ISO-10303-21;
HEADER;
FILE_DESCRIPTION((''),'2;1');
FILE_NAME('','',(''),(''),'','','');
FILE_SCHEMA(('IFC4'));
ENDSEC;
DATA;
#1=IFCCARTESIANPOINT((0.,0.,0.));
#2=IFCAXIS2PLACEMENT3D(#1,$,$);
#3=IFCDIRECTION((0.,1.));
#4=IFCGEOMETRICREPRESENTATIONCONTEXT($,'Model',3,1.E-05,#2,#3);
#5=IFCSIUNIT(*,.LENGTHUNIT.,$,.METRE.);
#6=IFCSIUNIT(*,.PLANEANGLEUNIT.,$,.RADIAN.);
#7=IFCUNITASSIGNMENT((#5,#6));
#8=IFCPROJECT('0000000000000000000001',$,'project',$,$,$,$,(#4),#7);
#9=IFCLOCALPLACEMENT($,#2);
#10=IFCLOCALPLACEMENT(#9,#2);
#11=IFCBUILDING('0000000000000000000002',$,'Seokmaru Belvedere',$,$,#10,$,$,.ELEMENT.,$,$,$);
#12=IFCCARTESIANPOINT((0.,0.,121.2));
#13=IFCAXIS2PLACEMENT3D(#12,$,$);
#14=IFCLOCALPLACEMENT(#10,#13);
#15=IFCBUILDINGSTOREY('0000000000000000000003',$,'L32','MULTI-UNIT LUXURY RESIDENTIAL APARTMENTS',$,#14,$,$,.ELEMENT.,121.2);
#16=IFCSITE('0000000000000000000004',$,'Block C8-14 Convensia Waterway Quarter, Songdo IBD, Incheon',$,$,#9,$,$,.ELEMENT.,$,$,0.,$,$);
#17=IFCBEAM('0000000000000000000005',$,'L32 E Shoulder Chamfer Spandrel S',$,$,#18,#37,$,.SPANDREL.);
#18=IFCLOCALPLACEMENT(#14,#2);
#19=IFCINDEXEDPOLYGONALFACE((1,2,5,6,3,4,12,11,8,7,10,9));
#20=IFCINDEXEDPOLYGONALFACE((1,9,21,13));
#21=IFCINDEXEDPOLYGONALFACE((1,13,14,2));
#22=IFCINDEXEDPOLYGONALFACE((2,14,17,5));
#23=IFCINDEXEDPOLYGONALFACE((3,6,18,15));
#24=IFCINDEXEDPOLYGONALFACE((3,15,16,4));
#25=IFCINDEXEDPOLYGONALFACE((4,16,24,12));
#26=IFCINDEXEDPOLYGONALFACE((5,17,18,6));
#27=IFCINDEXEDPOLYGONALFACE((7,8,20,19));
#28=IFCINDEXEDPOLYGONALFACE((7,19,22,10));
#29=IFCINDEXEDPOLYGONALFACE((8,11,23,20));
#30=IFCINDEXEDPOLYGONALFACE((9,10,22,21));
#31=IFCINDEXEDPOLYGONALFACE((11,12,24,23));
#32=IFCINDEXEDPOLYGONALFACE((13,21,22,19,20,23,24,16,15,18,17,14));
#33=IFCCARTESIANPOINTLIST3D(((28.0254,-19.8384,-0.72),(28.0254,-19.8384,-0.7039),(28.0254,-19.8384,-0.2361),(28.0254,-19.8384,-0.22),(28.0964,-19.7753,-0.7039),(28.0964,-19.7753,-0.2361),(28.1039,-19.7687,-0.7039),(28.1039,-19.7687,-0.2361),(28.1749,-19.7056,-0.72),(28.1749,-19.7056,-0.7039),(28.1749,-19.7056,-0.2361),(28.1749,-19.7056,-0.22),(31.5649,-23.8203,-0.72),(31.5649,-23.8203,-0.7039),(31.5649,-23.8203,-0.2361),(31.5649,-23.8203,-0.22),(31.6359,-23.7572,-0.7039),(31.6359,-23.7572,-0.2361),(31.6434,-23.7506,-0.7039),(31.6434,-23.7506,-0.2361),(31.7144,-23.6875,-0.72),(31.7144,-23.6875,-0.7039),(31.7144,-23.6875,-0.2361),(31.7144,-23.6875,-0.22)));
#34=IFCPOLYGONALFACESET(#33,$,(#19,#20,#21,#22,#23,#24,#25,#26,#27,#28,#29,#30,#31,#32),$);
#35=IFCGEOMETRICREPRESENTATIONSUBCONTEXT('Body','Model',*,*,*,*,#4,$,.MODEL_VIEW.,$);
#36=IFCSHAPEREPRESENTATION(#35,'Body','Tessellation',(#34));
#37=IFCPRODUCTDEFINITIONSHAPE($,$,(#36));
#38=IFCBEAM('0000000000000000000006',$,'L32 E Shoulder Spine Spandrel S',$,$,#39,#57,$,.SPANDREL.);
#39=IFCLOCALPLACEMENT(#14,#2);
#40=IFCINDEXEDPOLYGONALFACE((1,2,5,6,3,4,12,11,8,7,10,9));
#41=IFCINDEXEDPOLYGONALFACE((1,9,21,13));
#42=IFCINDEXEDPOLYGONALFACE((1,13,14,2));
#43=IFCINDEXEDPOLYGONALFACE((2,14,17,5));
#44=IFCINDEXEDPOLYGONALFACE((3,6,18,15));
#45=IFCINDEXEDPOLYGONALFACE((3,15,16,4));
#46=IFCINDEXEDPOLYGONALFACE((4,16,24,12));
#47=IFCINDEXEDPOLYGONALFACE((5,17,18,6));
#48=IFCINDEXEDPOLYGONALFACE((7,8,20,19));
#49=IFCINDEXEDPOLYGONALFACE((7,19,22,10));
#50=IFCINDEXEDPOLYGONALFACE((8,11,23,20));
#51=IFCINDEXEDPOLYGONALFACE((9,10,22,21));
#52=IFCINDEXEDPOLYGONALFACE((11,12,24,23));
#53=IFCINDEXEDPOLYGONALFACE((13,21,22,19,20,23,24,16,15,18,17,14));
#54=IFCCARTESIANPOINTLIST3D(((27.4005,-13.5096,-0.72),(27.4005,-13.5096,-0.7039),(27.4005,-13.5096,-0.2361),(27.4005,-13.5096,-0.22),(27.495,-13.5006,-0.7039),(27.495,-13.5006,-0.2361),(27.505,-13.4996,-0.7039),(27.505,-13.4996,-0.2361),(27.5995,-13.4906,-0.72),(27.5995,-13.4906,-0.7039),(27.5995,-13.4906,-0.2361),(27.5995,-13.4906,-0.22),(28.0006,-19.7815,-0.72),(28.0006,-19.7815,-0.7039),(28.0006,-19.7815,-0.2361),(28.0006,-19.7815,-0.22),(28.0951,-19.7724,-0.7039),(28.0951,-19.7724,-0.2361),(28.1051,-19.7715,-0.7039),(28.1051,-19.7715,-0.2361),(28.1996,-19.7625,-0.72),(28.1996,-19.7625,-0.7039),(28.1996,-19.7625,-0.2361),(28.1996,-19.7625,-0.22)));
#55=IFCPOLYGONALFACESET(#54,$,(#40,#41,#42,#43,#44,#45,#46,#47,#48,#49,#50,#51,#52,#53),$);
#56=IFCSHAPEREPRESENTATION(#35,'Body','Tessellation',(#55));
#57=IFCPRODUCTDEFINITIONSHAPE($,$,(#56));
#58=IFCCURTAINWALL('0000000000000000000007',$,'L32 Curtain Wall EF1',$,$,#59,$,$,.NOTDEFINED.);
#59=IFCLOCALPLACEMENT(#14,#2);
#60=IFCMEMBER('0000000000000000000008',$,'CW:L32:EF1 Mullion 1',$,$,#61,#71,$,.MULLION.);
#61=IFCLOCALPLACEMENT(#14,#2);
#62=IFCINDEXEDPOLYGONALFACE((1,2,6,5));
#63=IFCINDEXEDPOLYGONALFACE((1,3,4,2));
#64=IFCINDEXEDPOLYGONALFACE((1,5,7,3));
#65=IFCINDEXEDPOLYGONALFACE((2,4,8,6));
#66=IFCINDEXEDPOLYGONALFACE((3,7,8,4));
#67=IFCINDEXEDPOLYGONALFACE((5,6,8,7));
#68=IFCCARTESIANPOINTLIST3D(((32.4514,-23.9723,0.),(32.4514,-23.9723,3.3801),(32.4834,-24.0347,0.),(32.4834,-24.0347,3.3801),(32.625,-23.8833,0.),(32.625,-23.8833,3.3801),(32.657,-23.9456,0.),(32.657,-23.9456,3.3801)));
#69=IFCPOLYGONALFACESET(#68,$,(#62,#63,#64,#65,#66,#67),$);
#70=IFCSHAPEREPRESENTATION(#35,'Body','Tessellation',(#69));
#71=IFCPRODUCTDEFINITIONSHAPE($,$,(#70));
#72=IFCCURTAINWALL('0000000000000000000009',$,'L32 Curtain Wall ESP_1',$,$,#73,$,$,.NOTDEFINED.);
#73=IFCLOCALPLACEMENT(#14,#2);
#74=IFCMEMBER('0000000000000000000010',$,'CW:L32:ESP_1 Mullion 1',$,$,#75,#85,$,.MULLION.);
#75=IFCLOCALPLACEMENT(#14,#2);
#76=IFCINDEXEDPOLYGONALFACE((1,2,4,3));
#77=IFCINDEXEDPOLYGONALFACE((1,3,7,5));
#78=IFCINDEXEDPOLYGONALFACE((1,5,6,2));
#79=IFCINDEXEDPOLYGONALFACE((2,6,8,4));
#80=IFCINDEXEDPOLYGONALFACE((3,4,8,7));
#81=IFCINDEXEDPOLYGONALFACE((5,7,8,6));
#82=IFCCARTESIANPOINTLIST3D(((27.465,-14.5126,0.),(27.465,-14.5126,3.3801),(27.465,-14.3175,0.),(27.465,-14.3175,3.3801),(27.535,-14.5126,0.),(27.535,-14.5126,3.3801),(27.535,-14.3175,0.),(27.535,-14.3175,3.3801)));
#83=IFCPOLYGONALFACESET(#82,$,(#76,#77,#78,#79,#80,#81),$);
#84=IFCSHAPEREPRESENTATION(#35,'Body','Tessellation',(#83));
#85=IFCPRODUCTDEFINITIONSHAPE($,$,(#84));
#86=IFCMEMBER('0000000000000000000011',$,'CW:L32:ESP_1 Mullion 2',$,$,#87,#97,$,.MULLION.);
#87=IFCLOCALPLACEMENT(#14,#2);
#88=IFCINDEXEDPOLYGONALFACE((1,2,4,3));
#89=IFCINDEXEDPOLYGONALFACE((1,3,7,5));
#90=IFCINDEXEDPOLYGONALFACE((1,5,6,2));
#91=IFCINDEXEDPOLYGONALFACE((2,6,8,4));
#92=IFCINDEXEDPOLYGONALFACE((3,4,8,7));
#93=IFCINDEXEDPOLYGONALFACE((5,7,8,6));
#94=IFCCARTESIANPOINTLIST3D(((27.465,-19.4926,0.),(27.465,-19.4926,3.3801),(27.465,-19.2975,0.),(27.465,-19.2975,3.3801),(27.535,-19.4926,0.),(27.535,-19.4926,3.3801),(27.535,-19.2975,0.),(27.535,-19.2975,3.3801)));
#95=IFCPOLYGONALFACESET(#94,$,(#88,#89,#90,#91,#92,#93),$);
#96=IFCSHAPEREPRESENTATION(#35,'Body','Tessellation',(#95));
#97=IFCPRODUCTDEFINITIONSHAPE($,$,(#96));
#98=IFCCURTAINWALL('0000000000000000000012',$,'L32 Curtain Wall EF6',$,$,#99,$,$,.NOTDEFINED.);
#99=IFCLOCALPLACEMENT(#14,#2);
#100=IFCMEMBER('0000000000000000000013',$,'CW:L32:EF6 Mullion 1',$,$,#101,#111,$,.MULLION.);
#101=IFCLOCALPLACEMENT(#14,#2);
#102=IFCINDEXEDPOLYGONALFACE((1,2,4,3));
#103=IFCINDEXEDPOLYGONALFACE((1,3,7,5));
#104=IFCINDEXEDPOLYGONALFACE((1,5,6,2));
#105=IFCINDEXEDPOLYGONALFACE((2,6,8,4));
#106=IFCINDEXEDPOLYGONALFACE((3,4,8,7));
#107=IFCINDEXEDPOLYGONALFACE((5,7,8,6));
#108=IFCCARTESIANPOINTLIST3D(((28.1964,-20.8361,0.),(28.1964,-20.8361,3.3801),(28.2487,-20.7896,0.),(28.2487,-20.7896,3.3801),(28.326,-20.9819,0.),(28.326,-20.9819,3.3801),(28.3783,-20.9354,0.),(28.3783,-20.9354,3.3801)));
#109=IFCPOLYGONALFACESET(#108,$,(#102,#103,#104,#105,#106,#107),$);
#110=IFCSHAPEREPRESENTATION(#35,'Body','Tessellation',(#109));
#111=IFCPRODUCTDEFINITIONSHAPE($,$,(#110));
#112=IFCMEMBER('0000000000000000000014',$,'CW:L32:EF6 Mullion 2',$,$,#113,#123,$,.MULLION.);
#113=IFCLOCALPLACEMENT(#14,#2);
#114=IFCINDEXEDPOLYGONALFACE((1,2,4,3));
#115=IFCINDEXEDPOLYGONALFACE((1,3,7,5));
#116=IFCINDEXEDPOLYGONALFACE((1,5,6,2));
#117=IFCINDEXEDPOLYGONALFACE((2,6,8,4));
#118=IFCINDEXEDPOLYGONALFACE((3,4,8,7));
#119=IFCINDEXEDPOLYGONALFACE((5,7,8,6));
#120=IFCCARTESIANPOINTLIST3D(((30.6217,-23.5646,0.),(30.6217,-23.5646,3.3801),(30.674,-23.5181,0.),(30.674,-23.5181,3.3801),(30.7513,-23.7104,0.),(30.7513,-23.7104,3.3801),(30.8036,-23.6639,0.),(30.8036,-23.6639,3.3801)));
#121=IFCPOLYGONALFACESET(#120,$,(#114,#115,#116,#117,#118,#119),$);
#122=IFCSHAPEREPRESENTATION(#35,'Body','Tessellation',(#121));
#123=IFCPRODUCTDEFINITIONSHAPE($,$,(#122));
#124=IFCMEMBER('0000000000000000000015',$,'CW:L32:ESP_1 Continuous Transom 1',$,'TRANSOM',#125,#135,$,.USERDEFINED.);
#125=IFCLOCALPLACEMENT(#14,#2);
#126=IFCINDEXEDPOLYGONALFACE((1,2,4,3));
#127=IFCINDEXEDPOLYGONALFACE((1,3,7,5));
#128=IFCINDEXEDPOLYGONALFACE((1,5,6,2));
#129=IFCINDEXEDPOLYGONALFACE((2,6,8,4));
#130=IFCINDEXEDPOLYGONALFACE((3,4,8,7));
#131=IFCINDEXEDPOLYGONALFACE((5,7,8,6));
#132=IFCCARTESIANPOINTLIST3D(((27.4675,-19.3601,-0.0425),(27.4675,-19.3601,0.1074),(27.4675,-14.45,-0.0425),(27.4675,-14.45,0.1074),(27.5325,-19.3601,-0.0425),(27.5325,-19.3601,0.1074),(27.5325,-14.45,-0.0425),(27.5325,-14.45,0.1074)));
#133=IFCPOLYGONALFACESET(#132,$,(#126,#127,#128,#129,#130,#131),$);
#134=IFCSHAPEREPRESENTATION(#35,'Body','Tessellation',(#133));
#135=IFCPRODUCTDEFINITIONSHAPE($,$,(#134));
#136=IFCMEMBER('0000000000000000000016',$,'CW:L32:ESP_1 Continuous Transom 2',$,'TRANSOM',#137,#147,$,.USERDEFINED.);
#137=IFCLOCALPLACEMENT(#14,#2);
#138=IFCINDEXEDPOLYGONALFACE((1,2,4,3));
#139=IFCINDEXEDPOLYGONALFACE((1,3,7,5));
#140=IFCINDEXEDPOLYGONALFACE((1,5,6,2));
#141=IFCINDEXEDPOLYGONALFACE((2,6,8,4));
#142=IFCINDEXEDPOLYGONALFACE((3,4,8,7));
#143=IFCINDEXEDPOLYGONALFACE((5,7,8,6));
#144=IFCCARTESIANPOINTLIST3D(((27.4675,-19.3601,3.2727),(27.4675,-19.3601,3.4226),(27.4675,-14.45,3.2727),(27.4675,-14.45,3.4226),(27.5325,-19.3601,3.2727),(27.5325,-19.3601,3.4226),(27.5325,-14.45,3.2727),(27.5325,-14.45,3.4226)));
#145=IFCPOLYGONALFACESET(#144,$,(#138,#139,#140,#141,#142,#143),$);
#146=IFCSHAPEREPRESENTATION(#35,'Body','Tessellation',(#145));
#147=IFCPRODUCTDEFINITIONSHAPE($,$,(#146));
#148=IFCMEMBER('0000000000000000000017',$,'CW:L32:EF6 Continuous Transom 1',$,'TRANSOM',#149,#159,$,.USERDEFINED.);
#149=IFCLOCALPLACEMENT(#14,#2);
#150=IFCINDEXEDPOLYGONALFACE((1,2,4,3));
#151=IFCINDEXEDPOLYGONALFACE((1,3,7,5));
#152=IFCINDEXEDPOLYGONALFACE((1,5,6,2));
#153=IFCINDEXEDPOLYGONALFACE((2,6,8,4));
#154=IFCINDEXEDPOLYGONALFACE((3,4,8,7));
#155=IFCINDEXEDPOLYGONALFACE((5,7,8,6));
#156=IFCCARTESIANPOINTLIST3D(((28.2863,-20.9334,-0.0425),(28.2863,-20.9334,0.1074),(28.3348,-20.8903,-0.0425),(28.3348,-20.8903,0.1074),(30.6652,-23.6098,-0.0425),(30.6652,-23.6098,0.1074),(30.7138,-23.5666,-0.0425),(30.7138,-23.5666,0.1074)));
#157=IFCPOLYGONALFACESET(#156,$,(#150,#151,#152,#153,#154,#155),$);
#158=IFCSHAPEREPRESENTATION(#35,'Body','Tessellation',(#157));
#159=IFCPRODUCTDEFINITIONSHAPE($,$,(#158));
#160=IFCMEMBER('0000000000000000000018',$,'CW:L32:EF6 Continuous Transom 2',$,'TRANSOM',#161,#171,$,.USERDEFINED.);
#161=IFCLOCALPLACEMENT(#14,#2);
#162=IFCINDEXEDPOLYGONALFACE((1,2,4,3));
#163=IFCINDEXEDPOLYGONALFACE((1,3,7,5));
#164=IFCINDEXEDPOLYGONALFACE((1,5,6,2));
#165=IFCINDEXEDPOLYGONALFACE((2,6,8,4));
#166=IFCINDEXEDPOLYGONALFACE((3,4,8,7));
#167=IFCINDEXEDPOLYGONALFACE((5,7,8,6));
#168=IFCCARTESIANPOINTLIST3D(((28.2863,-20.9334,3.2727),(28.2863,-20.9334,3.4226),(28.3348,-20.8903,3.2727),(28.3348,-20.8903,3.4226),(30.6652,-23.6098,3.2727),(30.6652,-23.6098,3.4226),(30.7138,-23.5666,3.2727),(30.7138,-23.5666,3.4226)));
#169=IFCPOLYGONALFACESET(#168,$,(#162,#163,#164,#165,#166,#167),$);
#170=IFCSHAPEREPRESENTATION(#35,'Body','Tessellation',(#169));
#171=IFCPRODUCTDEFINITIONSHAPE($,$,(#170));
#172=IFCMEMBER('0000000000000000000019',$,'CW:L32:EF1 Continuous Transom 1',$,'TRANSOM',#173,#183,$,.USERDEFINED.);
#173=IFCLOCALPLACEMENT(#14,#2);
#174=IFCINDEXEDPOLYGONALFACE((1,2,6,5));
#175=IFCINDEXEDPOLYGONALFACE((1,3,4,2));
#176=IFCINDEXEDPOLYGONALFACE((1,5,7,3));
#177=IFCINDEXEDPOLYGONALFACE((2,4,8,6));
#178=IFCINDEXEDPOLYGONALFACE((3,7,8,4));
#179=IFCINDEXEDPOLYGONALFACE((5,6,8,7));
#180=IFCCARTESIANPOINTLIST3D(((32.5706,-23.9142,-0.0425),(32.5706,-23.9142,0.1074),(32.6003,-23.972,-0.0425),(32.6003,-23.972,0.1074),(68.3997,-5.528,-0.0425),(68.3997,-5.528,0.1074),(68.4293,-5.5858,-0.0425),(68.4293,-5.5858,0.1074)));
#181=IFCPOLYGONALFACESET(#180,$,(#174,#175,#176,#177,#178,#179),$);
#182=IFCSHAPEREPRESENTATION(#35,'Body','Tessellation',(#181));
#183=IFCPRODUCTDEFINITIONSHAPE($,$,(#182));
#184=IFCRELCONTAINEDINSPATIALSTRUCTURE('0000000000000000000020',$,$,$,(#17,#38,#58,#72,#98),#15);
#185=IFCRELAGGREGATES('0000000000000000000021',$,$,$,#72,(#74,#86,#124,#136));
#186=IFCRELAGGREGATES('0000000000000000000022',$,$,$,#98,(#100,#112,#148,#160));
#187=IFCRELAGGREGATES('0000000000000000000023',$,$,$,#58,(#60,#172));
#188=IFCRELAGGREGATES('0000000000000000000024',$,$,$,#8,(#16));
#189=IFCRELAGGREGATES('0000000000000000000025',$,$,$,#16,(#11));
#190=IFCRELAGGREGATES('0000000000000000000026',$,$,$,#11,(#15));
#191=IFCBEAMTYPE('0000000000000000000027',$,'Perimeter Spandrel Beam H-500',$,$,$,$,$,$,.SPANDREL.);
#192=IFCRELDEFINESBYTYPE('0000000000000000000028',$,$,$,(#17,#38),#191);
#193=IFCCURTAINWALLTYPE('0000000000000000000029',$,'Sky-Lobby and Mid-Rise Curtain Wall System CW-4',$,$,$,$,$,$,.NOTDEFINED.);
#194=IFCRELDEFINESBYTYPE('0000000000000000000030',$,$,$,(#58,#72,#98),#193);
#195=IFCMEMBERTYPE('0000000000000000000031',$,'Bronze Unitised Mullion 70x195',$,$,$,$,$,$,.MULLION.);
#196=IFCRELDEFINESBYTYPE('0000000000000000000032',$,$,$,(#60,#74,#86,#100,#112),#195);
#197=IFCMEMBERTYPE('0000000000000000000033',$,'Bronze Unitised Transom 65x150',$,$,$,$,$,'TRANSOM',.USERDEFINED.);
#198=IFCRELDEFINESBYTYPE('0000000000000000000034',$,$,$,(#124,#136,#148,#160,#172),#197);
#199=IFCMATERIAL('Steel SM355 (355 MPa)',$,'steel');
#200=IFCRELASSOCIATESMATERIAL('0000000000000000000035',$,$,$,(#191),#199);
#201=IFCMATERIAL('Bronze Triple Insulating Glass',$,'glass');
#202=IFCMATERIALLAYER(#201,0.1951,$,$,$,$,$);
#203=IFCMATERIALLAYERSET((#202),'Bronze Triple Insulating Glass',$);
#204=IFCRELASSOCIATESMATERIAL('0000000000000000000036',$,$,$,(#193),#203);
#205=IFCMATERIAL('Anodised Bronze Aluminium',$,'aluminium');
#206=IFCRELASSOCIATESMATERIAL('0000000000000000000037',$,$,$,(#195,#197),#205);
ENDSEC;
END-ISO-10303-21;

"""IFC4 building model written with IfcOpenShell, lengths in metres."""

from ifc_helpers import new_model, si_unit, direction, frame, origin, origin_2d, place, context, subcontext, project, spatial, rectangle, i_section, extrude, source, transform, mapped, material, layer, layer_set, material_profile, profile_set, type_object, type_shapes, element, aggregate, save


model = new_model("IFC4")

# Units and contexts
model_context = context("Model", 3, precision=1e-05, world=origin(), true_north=direction((0.0, 1.0)))
body_context = subcontext(model_context, "Body", "Model", "MODEL_VIEW")
ifc_project = project(units=[si_unit("LENGTHUNIT", "METRE"), si_unit("PLANEANGLEUNIT", "RADIAN")], contexts=[model_context])

# Site, building, storey
site_placement = place(None, origin())
site = spatial("IfcSite", under=ifc_project, at=site_placement, Name="Block C8-14 Convensia Waterway Quarter, Songdo IBD, Incheon", CompositionType="ELEMENT", RefElevation=0.0)
building_placement = place(site_placement, origin())
building = spatial("IfcBuilding", under=site, at=building_placement, Name="Seokmaru Belvedere", CompositionType="ELEMENT")
storey_placement = place(building_placement, frame((0.0, 0.0, 121.2)))
storey = spatial("IfcBuildingStorey", under=building, at=storey_placement, Name="L32", Description="MULTI-UNIT LUXURY RESIDENTIAL APARTMENTS", CompositionType="ELEMENT", Elevation=121.2)

# Shared definitions
ifc_material_1 = material(Name="Steel SM355 (355 MPa)", Category="steel")

# Beams
ifc_material_profile_1 = material_profile(ifc_material_1, i_section(OverallWidth=0.2, OverallDepth=0.5, WebThickness=0.01, FlangeThickness=0.0161, at=origin_2d()), Name="H-500x200x10x16")
ifc_profile_set_1 = profile_set([ifc_material_profile_1], Name="Steel SM355 (355 MPa)")
beam_type_1 = type_object("IfcBeamType", Name="Perimeter Spandrel Beam H-500", PredefinedType="SPANDREL", material=ifc_profile_set_1)
shared_shape_1 = source(origin(), body_context, "Body", "SweptSolid", [
    extrude(i_section(OverallWidth=0.2, OverallDepth=0.5, WebThickness=0.01, FlangeThickness=0.0161, at=origin_2d()), origin(), (0.0, 0.0, 1.0), 5.3276),
])
beam_1_placement = place(storey_placement, frame((31.6396, -23.7539, -0.47), z_axis=(-0.66437, 0.747404, 0.0), x_axis=(-0.747404, -0.66437, 0.0)))
element("IfcBeam", 1, at=beam_1_placement, inside=storey, type_object=beam_type_1, Name="L32 E Shoulder Chamfer Spandrel S", PredefinedType="SPANDREL", context=body_context, shape_type="MappedRepresentation", body=[
    mapped(shared_shape_1, transform((0.0, 0.0, 0.0), scale=1.0)),
])
shared_shape_2 = source(origin(), body_context, "Body", "SweptSolid", [
    extrude(i_section(OverallWidth=0.2, OverallDepth=0.5, WebThickness=0.01, FlangeThickness=0.0161, at=origin_2d()), origin(), (0.0, 0.0, 1.0), 6.3005),
])
beam_2_placement = place(storey_placement, frame((28.1001, -19.772, -0.47), z_axis=(-0.095244, 0.995454, 0.0), x_axis=(-0.995454, -0.095244, 0.0)))
element("IfcBeam", 2, at=beam_2_placement, inside=storey, type_object=beam_type_1, Name="L32 E Shoulder Spine Spandrel S", PredefinedType="SPANDREL", context=body_context, shape_type="MappedRepresentation", body=[
    mapped(shared_shape_2, transform((0.0, 0.0, 0.0), scale=1.0)),
])

# Curtain wall, member
ifc_material_2 = material(Name="Bronze Triple Insulating Glass", Category="glass")
ifc_layer_1 = layer(ifc_material_2, 0.1951)
ifc_layer_set_1 = layer_set([ifc_layer_1], Name="Bronze Triple Insulating Glass")
curtain_wall_type = type_object("IfcCurtainWallType", Name="Sky-Lobby and Mid-Rise Curtain Wall System CW-4", PredefinedType="NOTDEFINED", material=ifc_layer_set_1)
curtain_wall_1_placement = place(storey_placement, origin())
curtain_wall_1 = element("IfcCurtainWall", 3, at=curtain_wall_1_placement, inside=storey, type_object=curtain_wall_type, Name="L32 Curtain Wall EF1", PredefinedType="NOTDEFINED")
ifc_material_3 = material(Name="Anodised Bronze Aluminium", Category="aluminium")
ifc_material_profile_2 = material_profile(ifc_material_3, rectangle(XDim=0.0701, YDim=0.1951, at=origin_2d()), Name="CW-M-70x195")
ifc_profile_set_2 = profile_set([ifc_material_profile_2], Name="Anodised Bronze Aluminium")
member_type_1 = type_object("IfcMemberType", Name="Bronze Unitised Mullion 70x195", PredefinedType="MULLION", material=ifc_profile_set_2)
shared_shape_3 = source(origin(), body_context, "Body", "SweptSolid", [
    extrude(rectangle(XDim=0.0701, YDim=0.1951, at=origin_2d()), origin(), (0.0, 0.0, 1.0), 3.3801),
])
type_shapes(member_type_1, [shared_shape_3])
member_1_placement = place(storey_placement, frame((32.5542, -23.959, 0.0), z_axis=(0.0, 0.0, 1.0), x_axis=(-0.456555, 0.889695, 0.0)))
member_1 = element("IfcMember", 4, at=member_1_placement, type_object=member_type_1, Name="CW:L32:EF1 Mullion 1", PredefinedType="MULLION", context=body_context, shape_type="MappedRepresentation", body=[
    mapped(shared_shape_3, transform((0.0, 0.0, 0.0), scale=1.0)),
])

# Curtain walls, members
curtain_wall_2_placement = place(storey_placement, origin())
curtain_wall_2 = element("IfcCurtainWall", 5, at=curtain_wall_2_placement, inside=storey, type_object=curtain_wall_type, Name="L32 Curtain Wall ESP_1", PredefinedType="NOTDEFINED")
member_2_placement = place(storey_placement, frame((27.5, -14.415, 0.0), z_axis=(0.0, 0.0, 1.0), x_axis=(1.0, 0.0, 0.0)))
member_2 = element("IfcMember", 6, at=member_2_placement, type_object=member_type_1, Name="CW:L32:ESP_1 Mullion 1", PredefinedType="MULLION", context=body_context, shape_type="MappedRepresentation", body=[
    mapped(shared_shape_3, transform((0.0, 0.0, 0.0), scale=1.0)),
])
member_3_placement = place(storey_placement, frame((27.5, -19.395, 0.0), z_axis=(0.0, 0.0, 1.0), x_axis=(1.0, 0.0, 0.0)))
member_3 = element("IfcMember", 7, at=member_3_placement, type_object=member_type_1, Name="CW:L32:ESP_1 Mullion 2", PredefinedType="MULLION", context=body_context, shape_type="MappedRepresentation", body=[
    mapped(shared_shape_3, transform((0.0, 0.0, 0.0), scale=1.0)),
])
curtain_wall_3_placement = place(storey_placement, origin())
curtain_wall_3 = element("IfcCurtainWall", 8, at=curtain_wall_3_placement, inside=storey, type_object=curtain_wall_type, Name="L32 Curtain Wall EF6", PredefinedType="NOTDEFINED")
member_4_placement = place(storey_placement, frame((28.2874, -20.8857, 0.0), z_axis=(0.0, 0.0, 1.0), x_axis=(0.74741, 0.664363, 0.0)))
member_4 = element("IfcMember", 9, at=member_4_placement, type_object=member_type_1, Name="CW:L32:EF6 Mullion 1", PredefinedType="MULLION", context=body_context, shape_type="MappedRepresentation", body=[
    mapped(shared_shape_3, transform((0.0, 0.0, 0.0), scale=1.0)),
])
member_5_placement = place(storey_placement, frame((30.7126, -23.6143, 0.0), z_axis=(0.0, 0.0, 1.0), x_axis=(0.74741, 0.664363, 0.0)))
member_5 = element("IfcMember", 10, at=member_5_placement, type_object=member_type_1, Name="CW:L32:EF6 Mullion 2", PredefinedType="MULLION", context=body_context, shape_type="MappedRepresentation", body=[
    mapped(shared_shape_3, transform((0.0, 0.0, 0.0), scale=1.0)),
])

# Members
ifc_material_profile_3 = material_profile(ifc_material_3, rectangle(XDim=0.0649, YDim=0.1499, at=origin_2d()), Name="CW-T-65x150")
ifc_profile_set_3 = profile_set([ifc_material_profile_3], Name="Anodised Bronze Aluminium")
member_type_2 = type_object("IfcMemberType", Name="Bronze Unitised Transom 65x150", ElementType="TRANSOM", PredefinedType="USERDEFINED", material=ifc_profile_set_3)
shared_shape_4 = source(origin(), body_context, "Body", "SweptSolid", [
    extrude(rectangle(XDim=0.0649, YDim=0.1499, at=origin_2d()), origin(), (0.0, 0.0, 1.0), 4.9102),
])
member_6_placement = place(storey_placement, frame((27.5, -14.45, 0.0325), z_axis=(0.0, -1.0, 0.0), x_axis=(1.0, 0.0, 0.0)))
member_6 = element("IfcMember", 11, at=member_6_placement, type_object=member_type_2, Name="CW:L32:ESP_1 Continuous Transom 1", ObjectType="TRANSOM", PredefinedType="USERDEFINED", context=body_context, shape_type="MappedRepresentation", body=[
    mapped(shared_shape_4, transform((0.0, 0.0, 0.0), scale=1.0)),
])
member_7_placement = place(storey_placement, frame((27.5, -14.45, 3.3477), z_axis=(0.0, -1.0, 0.0), x_axis=(1.0, 0.0, 0.0)))
member_7 = element("IfcMember", 12, at=member_7_placement, type_object=member_type_2, Name="CW:L32:ESP_1 Continuous Transom 2", ObjectType="TRANSOM", PredefinedType="USERDEFINED", context=body_context, shape_type="MappedRepresentation", body=[
    mapped(shared_shape_4, transform((0.0, 0.0, 0.0), scale=1.0)),
])
shared_shape_5 = source(origin(), body_context, "Body", "SweptSolid", [
    extrude(rectangle(XDim=0.0649, YDim=0.1499, at=origin_2d()), origin(), (0.0, 0.0, 1.0), 3.5808),
])
member_8_placement = place(storey_placement, frame((28.3105, -20.9119, 0.0325), z_axis=(0.664364, -0.747409, 0.0), x_axis=(0.747409, 0.664364, 0.0)))
member_8 = element("IfcMember", 13, at=member_8_placement, type_object=member_type_2, Name="CW:L32:EF6 Continuous Transom 1", ObjectType="TRANSOM", PredefinedType="USERDEFINED", context=body_context, shape_type="MappedRepresentation", body=[
    mapped(shared_shape_5, transform((0.0, 0.0, 0.0), scale=1.0)),
])
member_9_placement = place(storey_placement, frame((28.3105, -20.9119, 3.3477), z_axis=(0.664364, -0.747409, 0.0), x_axis=(0.747409, 0.664364, 0.0)))
member_9 = element("IfcMember", 14, at=member_9_placement, type_object=member_type_2, Name="CW:L32:EF6 Continuous Transom 2", ObjectType="TRANSOM", PredefinedType="USERDEFINED", context=body_context, shape_type="MappedRepresentation", body=[
    mapped(shared_shape_5, transform((0.0, 0.0, 0.0), scale=1.0)),
])
shared_shape_6 = source(origin(), body_context, "Body", "SweptSolid", [
    extrude(rectangle(XDim=0.0649, YDim=0.1499, at=origin_2d()), origin(), (0.0, 0.0, 1.0), 40.2712),
])
type_shapes(member_type_2, [shared_shape_4, shared_shape_5, shared_shape_6])
member_10_placement = place(storey_placement, frame((32.5854, -23.9431, 0.0325), z_axis=(0.889693, 0.456559, 0.0), x_axis=(-0.456559, 0.889693, 0.0)))
member_10 = element("IfcMember", 15, at=member_10_placement, type_object=member_type_2, Name="CW:L32:EF1 Continuous Transom 1", ObjectType="TRANSOM", PredefinedType="USERDEFINED", context=body_context, shape_type="MappedRepresentation", body=[
    mapped(shared_shape_6, transform((0.0, 0.0, 0.0), scale=1.0)),
])

aggregate(curtain_wall_2, [member_2, member_3, member_6, member_7])
aggregate(curtain_wall_3, [member_4, member_5, member_8, member_9])
aggregate(curtain_wall_1, [member_1, member_10])

save(model, "model.ifc")
